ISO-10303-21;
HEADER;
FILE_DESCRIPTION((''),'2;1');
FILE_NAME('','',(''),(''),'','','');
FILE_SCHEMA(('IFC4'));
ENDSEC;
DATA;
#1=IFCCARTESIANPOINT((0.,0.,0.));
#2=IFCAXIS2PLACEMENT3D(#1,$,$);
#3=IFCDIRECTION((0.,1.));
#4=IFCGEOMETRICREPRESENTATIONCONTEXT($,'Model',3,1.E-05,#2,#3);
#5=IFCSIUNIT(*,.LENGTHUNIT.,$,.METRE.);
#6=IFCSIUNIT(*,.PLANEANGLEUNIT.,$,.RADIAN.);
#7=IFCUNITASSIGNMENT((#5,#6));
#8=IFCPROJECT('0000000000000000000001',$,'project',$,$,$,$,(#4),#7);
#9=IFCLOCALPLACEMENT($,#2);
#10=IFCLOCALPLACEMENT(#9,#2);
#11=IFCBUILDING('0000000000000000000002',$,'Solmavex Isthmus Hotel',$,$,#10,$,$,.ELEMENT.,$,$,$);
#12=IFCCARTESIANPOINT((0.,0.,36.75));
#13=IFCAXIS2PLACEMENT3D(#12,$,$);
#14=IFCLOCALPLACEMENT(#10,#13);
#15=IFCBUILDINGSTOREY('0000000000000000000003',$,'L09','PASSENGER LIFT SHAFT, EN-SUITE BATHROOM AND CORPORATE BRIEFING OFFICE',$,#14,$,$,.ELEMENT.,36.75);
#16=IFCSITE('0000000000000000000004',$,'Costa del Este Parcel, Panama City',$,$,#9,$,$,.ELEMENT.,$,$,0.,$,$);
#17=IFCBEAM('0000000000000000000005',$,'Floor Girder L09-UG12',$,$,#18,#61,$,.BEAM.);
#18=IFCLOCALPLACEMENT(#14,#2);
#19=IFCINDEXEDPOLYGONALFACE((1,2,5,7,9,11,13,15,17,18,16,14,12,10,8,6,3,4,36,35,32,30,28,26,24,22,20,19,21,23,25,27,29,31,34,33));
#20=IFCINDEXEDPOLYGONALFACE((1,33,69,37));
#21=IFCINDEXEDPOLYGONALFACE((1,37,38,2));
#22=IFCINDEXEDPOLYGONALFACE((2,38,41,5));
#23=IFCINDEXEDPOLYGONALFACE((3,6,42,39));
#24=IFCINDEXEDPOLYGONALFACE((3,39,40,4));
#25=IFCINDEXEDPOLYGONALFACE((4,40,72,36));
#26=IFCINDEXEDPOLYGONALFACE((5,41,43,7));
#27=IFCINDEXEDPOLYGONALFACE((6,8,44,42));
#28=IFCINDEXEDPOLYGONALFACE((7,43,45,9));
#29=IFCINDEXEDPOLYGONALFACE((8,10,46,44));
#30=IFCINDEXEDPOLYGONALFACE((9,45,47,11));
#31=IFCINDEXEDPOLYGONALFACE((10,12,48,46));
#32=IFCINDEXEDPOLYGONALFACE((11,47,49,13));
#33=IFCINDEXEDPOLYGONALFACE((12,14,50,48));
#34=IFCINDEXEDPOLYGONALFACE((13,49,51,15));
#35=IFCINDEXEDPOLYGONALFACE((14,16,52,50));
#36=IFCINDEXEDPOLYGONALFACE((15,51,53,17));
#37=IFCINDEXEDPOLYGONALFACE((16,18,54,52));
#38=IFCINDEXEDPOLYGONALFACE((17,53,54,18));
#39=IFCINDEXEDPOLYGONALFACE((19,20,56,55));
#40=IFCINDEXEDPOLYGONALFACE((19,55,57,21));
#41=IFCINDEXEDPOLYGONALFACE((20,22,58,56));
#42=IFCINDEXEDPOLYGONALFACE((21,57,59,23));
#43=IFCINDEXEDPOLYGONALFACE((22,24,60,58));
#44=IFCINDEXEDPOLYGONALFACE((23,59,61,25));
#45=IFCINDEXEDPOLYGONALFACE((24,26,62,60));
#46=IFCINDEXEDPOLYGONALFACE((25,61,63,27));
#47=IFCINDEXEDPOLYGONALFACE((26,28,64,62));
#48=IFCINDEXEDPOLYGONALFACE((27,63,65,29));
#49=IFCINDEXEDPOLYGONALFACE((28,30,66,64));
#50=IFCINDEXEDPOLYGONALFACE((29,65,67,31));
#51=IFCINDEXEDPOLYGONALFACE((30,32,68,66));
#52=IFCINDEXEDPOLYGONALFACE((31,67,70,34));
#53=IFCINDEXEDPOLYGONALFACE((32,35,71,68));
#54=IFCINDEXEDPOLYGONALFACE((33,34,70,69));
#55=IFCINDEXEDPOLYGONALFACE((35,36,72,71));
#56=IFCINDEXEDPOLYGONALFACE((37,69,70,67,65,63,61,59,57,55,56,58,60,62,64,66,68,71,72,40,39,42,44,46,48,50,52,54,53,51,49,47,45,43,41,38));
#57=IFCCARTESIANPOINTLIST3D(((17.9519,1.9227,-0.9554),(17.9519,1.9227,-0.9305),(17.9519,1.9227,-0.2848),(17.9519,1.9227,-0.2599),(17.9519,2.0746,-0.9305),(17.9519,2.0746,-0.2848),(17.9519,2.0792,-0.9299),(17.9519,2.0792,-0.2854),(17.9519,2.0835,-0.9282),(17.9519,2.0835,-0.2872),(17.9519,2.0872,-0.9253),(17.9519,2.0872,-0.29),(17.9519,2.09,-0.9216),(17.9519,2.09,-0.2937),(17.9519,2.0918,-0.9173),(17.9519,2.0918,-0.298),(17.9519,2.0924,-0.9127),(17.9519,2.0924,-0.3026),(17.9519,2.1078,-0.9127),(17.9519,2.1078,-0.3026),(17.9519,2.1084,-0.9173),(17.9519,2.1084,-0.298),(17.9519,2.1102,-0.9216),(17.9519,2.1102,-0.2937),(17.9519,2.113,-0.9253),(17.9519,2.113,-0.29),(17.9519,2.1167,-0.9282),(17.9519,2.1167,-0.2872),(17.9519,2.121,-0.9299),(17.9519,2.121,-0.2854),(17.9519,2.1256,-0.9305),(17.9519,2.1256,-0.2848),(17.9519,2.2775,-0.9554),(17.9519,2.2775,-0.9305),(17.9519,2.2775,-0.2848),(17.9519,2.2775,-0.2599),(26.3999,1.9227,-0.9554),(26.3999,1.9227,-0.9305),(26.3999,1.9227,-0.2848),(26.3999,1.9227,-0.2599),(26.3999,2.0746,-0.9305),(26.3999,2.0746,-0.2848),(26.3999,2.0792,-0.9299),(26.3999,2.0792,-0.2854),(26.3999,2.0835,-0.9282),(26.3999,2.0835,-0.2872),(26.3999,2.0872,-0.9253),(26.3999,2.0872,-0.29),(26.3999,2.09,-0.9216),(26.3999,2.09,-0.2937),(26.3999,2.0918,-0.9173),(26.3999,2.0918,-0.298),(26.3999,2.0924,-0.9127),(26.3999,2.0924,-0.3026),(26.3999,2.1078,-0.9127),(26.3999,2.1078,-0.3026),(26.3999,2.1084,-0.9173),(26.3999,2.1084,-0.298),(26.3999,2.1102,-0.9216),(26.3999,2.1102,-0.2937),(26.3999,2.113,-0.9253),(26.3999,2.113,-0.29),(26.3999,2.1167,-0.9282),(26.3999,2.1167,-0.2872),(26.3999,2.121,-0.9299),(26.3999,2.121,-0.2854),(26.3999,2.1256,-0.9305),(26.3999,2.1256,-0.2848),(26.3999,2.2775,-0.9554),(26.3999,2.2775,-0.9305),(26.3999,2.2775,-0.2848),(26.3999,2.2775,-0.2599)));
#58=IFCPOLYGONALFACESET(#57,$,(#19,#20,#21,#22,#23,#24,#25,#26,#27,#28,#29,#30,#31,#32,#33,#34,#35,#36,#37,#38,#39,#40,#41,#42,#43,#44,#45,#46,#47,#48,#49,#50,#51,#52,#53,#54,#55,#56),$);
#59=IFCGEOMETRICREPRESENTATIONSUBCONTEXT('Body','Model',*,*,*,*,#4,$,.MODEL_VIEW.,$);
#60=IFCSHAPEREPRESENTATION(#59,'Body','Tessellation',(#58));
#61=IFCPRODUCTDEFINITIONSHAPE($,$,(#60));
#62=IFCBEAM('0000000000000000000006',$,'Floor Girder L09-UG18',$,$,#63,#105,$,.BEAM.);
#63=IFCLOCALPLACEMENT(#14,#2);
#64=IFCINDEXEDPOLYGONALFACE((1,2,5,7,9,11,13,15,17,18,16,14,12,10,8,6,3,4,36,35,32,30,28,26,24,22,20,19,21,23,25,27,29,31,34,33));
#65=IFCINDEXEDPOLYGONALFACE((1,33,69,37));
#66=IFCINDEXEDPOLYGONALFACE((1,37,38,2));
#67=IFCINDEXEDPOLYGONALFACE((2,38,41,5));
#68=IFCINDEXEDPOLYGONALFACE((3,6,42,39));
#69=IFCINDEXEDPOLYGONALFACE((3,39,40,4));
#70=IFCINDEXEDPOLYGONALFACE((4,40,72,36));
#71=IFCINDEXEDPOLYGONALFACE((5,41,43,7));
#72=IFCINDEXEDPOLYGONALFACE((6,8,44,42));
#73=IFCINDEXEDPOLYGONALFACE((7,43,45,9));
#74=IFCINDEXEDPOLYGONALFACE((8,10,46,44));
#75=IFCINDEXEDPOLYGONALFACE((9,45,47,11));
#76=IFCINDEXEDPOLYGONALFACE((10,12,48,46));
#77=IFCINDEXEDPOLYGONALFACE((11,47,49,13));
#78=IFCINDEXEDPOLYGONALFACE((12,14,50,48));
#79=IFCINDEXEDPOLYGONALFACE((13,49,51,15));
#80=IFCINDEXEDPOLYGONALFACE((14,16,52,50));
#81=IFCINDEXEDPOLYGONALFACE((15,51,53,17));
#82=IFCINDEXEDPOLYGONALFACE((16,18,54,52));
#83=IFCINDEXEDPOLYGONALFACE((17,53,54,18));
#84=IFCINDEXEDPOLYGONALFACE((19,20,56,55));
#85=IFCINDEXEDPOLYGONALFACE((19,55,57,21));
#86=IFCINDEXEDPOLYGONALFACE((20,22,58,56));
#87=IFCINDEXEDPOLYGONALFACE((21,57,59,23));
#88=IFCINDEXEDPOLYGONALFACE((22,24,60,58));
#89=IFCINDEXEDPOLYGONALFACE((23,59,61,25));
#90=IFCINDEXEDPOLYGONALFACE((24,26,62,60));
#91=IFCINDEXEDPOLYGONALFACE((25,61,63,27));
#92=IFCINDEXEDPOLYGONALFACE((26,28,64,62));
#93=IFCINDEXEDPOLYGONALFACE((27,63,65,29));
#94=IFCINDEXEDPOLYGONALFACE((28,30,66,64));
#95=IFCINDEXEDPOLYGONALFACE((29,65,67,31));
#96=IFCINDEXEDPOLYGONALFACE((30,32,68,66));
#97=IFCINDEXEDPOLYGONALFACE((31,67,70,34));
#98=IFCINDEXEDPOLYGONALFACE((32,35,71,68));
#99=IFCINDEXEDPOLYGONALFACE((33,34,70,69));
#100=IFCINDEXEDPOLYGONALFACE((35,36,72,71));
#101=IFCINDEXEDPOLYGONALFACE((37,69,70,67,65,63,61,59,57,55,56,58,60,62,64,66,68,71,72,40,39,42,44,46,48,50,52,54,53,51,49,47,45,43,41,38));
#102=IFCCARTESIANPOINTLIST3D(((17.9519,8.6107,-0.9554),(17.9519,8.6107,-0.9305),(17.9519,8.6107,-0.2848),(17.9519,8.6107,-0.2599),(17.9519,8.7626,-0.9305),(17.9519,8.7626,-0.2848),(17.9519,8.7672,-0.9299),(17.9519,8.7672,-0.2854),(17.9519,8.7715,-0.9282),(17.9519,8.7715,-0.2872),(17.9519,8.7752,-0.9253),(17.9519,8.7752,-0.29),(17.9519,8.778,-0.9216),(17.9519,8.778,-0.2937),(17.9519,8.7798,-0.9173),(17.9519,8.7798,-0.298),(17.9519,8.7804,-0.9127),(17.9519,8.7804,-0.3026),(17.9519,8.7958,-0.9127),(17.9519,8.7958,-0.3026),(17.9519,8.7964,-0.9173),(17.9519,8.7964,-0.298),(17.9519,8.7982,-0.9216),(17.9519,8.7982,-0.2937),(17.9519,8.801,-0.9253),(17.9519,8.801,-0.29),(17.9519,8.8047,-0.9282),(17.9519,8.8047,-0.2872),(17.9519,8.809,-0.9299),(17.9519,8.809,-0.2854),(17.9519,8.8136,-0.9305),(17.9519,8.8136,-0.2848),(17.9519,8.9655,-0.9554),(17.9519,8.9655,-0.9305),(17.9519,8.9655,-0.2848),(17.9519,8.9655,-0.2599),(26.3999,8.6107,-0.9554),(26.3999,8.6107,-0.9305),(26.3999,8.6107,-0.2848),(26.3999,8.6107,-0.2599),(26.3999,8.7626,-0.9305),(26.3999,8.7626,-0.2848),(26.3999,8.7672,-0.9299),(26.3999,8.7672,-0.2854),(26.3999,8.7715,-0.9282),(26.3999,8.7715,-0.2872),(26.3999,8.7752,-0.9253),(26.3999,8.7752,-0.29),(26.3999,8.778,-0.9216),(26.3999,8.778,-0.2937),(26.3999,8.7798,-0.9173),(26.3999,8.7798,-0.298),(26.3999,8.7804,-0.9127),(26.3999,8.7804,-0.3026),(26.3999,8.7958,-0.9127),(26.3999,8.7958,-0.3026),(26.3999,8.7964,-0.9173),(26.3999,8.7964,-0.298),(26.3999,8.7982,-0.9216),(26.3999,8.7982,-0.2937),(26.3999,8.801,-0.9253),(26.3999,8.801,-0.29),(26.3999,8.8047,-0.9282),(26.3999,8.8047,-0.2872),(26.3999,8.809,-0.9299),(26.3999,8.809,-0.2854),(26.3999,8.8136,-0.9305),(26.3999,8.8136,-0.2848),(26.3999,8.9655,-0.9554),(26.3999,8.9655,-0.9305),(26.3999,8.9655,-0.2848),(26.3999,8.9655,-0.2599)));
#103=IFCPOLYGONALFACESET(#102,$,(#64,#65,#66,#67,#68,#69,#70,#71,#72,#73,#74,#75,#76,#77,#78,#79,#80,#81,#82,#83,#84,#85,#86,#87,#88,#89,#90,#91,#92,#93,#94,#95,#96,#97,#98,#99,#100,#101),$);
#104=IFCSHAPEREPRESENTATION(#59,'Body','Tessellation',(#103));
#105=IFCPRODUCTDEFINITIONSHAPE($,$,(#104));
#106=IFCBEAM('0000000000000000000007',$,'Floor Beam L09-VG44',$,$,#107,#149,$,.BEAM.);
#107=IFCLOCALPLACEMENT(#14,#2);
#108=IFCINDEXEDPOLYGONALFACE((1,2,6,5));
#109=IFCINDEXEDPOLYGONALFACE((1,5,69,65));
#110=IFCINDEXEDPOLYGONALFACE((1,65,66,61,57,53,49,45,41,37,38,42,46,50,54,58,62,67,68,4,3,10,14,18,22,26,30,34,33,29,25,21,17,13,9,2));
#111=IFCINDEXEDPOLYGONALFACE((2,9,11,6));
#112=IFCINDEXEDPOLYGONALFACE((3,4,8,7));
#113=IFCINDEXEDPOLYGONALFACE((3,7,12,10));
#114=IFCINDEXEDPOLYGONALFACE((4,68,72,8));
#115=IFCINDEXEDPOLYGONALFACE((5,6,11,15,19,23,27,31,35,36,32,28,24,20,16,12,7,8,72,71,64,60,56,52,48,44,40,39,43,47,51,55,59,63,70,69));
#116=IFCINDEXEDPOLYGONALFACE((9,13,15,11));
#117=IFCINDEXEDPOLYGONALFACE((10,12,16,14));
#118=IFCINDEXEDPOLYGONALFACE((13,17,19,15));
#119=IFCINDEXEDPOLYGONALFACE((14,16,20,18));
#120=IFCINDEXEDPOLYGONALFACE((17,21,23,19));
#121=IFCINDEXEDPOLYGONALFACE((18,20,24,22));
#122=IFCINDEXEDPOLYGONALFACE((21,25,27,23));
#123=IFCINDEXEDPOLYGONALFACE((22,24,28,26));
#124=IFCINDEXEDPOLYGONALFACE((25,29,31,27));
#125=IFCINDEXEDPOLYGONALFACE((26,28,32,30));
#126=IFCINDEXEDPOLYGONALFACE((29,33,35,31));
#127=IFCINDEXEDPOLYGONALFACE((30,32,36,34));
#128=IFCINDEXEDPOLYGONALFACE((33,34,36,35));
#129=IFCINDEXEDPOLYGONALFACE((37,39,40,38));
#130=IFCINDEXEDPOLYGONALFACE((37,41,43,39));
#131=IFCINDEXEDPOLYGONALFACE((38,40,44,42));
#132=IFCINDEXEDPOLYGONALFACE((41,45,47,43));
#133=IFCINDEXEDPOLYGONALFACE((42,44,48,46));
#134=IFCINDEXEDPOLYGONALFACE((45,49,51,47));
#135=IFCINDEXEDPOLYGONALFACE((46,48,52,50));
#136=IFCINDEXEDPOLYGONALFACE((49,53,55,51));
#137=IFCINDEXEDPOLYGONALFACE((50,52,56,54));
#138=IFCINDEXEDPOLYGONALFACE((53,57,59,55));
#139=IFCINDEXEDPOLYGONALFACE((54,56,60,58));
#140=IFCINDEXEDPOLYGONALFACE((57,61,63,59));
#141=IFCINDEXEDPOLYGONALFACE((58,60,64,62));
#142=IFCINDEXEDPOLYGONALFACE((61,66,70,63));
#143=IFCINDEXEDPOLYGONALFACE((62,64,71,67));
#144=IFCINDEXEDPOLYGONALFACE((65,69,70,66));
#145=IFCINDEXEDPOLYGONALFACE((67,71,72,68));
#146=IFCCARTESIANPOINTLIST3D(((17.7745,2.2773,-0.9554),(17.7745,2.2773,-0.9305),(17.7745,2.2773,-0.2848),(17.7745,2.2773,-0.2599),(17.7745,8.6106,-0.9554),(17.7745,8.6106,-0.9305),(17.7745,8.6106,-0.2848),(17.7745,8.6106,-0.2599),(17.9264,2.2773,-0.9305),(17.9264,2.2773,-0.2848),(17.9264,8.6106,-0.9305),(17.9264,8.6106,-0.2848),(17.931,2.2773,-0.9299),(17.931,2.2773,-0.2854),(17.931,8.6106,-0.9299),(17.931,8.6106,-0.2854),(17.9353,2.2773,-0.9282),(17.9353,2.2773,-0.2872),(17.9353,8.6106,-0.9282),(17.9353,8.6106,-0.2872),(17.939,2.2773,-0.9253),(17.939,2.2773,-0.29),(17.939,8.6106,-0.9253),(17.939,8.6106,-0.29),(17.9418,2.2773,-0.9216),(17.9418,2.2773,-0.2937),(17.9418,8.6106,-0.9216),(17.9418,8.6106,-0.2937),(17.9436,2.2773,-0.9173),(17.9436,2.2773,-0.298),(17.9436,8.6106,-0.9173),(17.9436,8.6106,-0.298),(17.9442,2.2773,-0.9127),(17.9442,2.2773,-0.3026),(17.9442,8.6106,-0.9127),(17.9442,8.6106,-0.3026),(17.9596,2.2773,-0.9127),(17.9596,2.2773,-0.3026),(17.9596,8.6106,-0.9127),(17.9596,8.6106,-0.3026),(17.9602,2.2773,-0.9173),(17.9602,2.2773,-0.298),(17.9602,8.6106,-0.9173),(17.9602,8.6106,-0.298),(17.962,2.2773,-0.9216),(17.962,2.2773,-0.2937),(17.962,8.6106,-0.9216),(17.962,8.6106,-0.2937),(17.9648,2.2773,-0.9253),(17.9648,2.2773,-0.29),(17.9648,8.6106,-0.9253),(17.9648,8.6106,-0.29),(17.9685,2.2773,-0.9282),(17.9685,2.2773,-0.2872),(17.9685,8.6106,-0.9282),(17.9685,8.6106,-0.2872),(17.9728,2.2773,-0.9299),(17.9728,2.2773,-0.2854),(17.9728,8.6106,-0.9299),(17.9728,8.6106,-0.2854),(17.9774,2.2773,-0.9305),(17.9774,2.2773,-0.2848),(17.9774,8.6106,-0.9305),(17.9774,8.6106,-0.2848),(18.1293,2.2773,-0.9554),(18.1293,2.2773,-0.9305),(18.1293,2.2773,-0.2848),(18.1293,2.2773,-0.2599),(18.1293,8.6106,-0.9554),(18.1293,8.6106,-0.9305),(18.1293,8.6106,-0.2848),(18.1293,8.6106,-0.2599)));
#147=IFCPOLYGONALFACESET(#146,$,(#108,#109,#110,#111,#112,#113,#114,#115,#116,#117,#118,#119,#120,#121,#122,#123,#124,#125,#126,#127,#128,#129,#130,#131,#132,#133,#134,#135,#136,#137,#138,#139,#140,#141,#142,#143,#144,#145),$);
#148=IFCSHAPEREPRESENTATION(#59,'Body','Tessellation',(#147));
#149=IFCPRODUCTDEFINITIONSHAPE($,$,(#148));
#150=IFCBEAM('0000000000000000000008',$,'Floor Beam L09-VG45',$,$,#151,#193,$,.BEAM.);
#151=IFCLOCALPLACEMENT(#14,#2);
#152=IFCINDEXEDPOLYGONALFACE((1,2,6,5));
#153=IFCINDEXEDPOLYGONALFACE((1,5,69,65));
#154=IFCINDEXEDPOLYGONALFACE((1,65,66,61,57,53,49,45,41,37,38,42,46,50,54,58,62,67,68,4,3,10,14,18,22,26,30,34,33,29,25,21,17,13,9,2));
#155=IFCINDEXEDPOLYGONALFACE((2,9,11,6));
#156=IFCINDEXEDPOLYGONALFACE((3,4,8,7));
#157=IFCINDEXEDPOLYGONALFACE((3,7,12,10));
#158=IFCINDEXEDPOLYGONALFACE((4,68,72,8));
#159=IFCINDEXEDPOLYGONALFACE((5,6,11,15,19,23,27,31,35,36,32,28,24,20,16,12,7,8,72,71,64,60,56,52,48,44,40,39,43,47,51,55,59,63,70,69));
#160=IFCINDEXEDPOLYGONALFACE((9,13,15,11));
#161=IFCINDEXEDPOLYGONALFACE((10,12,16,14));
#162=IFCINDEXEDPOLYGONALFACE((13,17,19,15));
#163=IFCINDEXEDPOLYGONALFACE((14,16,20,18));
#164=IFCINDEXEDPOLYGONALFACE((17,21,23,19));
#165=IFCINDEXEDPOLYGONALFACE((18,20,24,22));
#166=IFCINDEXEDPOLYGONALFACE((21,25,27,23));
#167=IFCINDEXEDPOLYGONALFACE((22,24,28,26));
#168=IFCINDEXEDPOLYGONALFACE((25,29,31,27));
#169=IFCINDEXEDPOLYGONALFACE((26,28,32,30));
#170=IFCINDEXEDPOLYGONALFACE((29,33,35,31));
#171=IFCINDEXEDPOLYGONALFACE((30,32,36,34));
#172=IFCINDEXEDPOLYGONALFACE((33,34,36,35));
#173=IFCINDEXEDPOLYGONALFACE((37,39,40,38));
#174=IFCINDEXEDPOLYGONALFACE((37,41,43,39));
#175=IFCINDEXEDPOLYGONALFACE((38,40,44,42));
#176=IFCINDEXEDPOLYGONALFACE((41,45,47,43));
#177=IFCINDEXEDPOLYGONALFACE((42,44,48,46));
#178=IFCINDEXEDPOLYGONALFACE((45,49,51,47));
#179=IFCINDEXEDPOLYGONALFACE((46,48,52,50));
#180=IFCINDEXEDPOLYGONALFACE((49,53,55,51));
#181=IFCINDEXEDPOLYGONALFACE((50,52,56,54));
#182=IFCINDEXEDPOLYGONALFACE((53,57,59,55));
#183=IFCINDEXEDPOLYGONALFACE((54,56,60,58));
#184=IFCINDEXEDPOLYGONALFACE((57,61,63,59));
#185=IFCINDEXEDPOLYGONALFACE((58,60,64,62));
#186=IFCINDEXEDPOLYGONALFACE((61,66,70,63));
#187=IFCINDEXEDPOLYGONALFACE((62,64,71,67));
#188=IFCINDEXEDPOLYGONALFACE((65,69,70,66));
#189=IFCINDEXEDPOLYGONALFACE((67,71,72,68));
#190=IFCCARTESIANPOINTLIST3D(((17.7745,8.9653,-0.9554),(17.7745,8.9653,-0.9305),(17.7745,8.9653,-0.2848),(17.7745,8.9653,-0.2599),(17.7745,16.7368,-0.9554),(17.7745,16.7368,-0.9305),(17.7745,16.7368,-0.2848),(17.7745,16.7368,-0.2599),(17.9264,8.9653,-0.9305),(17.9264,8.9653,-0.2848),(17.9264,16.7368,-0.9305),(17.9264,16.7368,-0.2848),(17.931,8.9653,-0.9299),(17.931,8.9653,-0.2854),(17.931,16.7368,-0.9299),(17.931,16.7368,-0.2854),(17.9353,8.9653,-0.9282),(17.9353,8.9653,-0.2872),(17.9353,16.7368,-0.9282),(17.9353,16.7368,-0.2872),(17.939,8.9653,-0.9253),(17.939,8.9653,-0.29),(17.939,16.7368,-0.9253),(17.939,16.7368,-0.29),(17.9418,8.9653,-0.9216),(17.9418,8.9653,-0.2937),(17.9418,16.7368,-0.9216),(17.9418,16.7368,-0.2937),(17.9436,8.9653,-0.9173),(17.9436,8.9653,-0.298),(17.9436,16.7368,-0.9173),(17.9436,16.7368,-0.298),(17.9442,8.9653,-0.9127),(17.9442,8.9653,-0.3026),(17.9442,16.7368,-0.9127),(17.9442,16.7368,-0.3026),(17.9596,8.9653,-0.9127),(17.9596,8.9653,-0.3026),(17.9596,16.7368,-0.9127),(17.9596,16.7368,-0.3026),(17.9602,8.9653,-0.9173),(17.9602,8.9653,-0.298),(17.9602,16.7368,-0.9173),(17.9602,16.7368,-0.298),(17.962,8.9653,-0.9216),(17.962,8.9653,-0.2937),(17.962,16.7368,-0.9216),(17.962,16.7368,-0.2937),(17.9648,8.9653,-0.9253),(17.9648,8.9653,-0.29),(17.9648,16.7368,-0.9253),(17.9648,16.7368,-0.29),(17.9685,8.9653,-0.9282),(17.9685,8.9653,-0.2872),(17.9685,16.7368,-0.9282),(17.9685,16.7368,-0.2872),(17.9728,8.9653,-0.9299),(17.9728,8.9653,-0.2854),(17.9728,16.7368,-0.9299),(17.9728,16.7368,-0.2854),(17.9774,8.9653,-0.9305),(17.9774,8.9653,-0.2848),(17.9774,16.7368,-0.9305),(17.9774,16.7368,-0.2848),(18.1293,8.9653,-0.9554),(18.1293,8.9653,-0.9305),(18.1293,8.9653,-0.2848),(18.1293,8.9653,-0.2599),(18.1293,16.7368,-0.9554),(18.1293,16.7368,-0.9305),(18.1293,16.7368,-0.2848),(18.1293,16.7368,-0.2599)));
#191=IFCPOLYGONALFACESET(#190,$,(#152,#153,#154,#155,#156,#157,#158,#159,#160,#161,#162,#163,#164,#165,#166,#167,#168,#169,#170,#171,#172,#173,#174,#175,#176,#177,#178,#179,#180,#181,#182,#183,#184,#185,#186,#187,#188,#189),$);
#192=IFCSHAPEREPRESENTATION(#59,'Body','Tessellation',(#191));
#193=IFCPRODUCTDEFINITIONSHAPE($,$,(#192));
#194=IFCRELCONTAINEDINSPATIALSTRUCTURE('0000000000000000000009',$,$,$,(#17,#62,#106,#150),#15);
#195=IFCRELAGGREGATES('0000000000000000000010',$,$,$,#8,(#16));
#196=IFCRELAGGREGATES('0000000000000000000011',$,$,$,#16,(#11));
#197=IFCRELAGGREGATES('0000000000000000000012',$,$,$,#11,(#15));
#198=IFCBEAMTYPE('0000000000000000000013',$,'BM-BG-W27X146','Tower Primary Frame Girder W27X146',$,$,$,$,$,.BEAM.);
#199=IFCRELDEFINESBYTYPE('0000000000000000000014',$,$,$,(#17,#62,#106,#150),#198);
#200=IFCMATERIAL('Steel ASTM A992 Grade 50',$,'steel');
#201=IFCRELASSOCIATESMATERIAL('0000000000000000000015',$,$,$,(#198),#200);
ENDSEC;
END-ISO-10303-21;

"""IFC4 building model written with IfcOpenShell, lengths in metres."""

from ifc_helpers import new_model, si_unit, direction, frame, origin, origin_2d, place, context, subcontext, project, spatial, i_section, extrude, material, material_profile, profile_set, type_object, element, save


model = new_model("IFC4")

# Units and contexts
model_context = context("Model", 3, precision=1e-05, world=origin(), true_north=direction((0.0, 1.0)))
body_context = subcontext(model_context, "Body", "Model", "MODEL_VIEW")
ifc_project = project(units=[si_unit("LENGTHUNIT", "METRE"), si_unit("PLANEANGLEUNIT", "RADIAN")], contexts=[model_context])

# Site, building, storey
site_placement = place(None, origin())
site = spatial("IfcSite", under=ifc_project, at=site_placement, Name="Costa del Este Parcel, Panama City", CompositionType="ELEMENT", RefElevation=0.0)
building_placement = place(site_placement, origin())
building = spatial("IfcBuilding", under=site, at=building_placement, Name="Solmavex Isthmus Hotel", CompositionType="ELEMENT")
storey_placement = place(building_placement, frame((0.0, 0.0, 36.75)))
storey = spatial("IfcBuildingStorey", under=building, at=storey_placement, Name="L09", Description="PASSENGER LIFT SHAFT, EN-SUITE BATHROOM AND CORPORATE BRIEFING OFFICE", CompositionType="ELEMENT", Elevation=36.75)

# Beams
ifc_material_1 = material(Name="Steel ASTM A992 Grade 50", Category="steel")
ifc_material_profile_1 = material_profile(ifc_material_1, i_section(OverallWidth=0.3547, OverallDepth=0.6956, WebThickness=0.0154, FlangeThickness=0.0249, FilletRadius=0.0178, at=origin_2d()), Name="W27X146")
ifc_profile_set_1 = profile_set([ifc_material_profile_1], Name="Steel ASTM A992 Grade 50")
beam_type_1 = type_object("IfcBeamType", Name="BM-BG-W27X146", Description="Tower Primary Frame Girder W27X146", PredefinedType="BEAM", material=ifc_profile_set_1)
for number, where, z_axis, x_axis, name in (
    (1, (17.9519, 2.1001, -0.6077), (1.0, 0.0, 0.0), (0.0, 1.0, 0.0), "Floor Girder L09-UG12"),
    (2, (17.9519, 8.7881, -0.6077), (1.0, 0.0, 0.0), (0.0, 1.0, 0.0), "Floor Girder L09-UG18"),
):
    element("IfcBeam", number, at=place(storey_placement, frame(where, z_axis=z_axis, x_axis=x_axis)), inside=storey, type_object=beam_type_1, Name=name, PredefinedType="BEAM", context=body_context, shape_type="SweptSolid", body=[
        extrude(i_section(OverallWidth=0.3547, OverallDepth=0.6956, WebThickness=0.0154, FlangeThickness=0.0249, FilletRadius=0.0178, at=origin_2d()), origin(), (0.0, 0.0, 1.0), 8.448),
    ])
beam_1_placement = place(storey_placement, frame((17.9519, 2.2773, -0.6077), z_axis=(0.0, 1.0, 0.0), x_axis=(-1.0, 0.0, 0.0)))
element("IfcBeam", 3, at=beam_1_placement, inside=storey, type_object=beam_type_1, Name="Floor Beam L09-VG44", PredefinedType="BEAM", context=body_context, shape_type="SweptSolid", body=[
    extrude(i_section(OverallWidth=0.3547, OverallDepth=0.6956, WebThickness=0.0154, FlangeThickness=0.0249, FilletRadius=0.0178, at=origin_2d()), origin(), (0.0, 0.0, 1.0), 6.3333),
])
beam_2_placement = place(storey_placement, frame((17.9519, 8.9653, -0.6077), z_axis=(0.0, 1.0, 0.0), x_axis=(-1.0, 0.0, 0.0)))
element("IfcBeam", 4, at=beam_2_placement, inside=storey, type_object=beam_type_1, Name="Floor Beam L09-VG45", PredefinedType="BEAM", context=body_context, shape_type="SweptSolid", body=[
    extrude(i_section(OverallWidth=0.3547, OverallDepth=0.6956, WebThickness=0.0154, FlangeThickness=0.0249, FilletRadius=0.0178, at=origin_2d()), origin(), (0.0, 0.0, 1.0), 7.7715),
])

save(model, "model.ifc")
